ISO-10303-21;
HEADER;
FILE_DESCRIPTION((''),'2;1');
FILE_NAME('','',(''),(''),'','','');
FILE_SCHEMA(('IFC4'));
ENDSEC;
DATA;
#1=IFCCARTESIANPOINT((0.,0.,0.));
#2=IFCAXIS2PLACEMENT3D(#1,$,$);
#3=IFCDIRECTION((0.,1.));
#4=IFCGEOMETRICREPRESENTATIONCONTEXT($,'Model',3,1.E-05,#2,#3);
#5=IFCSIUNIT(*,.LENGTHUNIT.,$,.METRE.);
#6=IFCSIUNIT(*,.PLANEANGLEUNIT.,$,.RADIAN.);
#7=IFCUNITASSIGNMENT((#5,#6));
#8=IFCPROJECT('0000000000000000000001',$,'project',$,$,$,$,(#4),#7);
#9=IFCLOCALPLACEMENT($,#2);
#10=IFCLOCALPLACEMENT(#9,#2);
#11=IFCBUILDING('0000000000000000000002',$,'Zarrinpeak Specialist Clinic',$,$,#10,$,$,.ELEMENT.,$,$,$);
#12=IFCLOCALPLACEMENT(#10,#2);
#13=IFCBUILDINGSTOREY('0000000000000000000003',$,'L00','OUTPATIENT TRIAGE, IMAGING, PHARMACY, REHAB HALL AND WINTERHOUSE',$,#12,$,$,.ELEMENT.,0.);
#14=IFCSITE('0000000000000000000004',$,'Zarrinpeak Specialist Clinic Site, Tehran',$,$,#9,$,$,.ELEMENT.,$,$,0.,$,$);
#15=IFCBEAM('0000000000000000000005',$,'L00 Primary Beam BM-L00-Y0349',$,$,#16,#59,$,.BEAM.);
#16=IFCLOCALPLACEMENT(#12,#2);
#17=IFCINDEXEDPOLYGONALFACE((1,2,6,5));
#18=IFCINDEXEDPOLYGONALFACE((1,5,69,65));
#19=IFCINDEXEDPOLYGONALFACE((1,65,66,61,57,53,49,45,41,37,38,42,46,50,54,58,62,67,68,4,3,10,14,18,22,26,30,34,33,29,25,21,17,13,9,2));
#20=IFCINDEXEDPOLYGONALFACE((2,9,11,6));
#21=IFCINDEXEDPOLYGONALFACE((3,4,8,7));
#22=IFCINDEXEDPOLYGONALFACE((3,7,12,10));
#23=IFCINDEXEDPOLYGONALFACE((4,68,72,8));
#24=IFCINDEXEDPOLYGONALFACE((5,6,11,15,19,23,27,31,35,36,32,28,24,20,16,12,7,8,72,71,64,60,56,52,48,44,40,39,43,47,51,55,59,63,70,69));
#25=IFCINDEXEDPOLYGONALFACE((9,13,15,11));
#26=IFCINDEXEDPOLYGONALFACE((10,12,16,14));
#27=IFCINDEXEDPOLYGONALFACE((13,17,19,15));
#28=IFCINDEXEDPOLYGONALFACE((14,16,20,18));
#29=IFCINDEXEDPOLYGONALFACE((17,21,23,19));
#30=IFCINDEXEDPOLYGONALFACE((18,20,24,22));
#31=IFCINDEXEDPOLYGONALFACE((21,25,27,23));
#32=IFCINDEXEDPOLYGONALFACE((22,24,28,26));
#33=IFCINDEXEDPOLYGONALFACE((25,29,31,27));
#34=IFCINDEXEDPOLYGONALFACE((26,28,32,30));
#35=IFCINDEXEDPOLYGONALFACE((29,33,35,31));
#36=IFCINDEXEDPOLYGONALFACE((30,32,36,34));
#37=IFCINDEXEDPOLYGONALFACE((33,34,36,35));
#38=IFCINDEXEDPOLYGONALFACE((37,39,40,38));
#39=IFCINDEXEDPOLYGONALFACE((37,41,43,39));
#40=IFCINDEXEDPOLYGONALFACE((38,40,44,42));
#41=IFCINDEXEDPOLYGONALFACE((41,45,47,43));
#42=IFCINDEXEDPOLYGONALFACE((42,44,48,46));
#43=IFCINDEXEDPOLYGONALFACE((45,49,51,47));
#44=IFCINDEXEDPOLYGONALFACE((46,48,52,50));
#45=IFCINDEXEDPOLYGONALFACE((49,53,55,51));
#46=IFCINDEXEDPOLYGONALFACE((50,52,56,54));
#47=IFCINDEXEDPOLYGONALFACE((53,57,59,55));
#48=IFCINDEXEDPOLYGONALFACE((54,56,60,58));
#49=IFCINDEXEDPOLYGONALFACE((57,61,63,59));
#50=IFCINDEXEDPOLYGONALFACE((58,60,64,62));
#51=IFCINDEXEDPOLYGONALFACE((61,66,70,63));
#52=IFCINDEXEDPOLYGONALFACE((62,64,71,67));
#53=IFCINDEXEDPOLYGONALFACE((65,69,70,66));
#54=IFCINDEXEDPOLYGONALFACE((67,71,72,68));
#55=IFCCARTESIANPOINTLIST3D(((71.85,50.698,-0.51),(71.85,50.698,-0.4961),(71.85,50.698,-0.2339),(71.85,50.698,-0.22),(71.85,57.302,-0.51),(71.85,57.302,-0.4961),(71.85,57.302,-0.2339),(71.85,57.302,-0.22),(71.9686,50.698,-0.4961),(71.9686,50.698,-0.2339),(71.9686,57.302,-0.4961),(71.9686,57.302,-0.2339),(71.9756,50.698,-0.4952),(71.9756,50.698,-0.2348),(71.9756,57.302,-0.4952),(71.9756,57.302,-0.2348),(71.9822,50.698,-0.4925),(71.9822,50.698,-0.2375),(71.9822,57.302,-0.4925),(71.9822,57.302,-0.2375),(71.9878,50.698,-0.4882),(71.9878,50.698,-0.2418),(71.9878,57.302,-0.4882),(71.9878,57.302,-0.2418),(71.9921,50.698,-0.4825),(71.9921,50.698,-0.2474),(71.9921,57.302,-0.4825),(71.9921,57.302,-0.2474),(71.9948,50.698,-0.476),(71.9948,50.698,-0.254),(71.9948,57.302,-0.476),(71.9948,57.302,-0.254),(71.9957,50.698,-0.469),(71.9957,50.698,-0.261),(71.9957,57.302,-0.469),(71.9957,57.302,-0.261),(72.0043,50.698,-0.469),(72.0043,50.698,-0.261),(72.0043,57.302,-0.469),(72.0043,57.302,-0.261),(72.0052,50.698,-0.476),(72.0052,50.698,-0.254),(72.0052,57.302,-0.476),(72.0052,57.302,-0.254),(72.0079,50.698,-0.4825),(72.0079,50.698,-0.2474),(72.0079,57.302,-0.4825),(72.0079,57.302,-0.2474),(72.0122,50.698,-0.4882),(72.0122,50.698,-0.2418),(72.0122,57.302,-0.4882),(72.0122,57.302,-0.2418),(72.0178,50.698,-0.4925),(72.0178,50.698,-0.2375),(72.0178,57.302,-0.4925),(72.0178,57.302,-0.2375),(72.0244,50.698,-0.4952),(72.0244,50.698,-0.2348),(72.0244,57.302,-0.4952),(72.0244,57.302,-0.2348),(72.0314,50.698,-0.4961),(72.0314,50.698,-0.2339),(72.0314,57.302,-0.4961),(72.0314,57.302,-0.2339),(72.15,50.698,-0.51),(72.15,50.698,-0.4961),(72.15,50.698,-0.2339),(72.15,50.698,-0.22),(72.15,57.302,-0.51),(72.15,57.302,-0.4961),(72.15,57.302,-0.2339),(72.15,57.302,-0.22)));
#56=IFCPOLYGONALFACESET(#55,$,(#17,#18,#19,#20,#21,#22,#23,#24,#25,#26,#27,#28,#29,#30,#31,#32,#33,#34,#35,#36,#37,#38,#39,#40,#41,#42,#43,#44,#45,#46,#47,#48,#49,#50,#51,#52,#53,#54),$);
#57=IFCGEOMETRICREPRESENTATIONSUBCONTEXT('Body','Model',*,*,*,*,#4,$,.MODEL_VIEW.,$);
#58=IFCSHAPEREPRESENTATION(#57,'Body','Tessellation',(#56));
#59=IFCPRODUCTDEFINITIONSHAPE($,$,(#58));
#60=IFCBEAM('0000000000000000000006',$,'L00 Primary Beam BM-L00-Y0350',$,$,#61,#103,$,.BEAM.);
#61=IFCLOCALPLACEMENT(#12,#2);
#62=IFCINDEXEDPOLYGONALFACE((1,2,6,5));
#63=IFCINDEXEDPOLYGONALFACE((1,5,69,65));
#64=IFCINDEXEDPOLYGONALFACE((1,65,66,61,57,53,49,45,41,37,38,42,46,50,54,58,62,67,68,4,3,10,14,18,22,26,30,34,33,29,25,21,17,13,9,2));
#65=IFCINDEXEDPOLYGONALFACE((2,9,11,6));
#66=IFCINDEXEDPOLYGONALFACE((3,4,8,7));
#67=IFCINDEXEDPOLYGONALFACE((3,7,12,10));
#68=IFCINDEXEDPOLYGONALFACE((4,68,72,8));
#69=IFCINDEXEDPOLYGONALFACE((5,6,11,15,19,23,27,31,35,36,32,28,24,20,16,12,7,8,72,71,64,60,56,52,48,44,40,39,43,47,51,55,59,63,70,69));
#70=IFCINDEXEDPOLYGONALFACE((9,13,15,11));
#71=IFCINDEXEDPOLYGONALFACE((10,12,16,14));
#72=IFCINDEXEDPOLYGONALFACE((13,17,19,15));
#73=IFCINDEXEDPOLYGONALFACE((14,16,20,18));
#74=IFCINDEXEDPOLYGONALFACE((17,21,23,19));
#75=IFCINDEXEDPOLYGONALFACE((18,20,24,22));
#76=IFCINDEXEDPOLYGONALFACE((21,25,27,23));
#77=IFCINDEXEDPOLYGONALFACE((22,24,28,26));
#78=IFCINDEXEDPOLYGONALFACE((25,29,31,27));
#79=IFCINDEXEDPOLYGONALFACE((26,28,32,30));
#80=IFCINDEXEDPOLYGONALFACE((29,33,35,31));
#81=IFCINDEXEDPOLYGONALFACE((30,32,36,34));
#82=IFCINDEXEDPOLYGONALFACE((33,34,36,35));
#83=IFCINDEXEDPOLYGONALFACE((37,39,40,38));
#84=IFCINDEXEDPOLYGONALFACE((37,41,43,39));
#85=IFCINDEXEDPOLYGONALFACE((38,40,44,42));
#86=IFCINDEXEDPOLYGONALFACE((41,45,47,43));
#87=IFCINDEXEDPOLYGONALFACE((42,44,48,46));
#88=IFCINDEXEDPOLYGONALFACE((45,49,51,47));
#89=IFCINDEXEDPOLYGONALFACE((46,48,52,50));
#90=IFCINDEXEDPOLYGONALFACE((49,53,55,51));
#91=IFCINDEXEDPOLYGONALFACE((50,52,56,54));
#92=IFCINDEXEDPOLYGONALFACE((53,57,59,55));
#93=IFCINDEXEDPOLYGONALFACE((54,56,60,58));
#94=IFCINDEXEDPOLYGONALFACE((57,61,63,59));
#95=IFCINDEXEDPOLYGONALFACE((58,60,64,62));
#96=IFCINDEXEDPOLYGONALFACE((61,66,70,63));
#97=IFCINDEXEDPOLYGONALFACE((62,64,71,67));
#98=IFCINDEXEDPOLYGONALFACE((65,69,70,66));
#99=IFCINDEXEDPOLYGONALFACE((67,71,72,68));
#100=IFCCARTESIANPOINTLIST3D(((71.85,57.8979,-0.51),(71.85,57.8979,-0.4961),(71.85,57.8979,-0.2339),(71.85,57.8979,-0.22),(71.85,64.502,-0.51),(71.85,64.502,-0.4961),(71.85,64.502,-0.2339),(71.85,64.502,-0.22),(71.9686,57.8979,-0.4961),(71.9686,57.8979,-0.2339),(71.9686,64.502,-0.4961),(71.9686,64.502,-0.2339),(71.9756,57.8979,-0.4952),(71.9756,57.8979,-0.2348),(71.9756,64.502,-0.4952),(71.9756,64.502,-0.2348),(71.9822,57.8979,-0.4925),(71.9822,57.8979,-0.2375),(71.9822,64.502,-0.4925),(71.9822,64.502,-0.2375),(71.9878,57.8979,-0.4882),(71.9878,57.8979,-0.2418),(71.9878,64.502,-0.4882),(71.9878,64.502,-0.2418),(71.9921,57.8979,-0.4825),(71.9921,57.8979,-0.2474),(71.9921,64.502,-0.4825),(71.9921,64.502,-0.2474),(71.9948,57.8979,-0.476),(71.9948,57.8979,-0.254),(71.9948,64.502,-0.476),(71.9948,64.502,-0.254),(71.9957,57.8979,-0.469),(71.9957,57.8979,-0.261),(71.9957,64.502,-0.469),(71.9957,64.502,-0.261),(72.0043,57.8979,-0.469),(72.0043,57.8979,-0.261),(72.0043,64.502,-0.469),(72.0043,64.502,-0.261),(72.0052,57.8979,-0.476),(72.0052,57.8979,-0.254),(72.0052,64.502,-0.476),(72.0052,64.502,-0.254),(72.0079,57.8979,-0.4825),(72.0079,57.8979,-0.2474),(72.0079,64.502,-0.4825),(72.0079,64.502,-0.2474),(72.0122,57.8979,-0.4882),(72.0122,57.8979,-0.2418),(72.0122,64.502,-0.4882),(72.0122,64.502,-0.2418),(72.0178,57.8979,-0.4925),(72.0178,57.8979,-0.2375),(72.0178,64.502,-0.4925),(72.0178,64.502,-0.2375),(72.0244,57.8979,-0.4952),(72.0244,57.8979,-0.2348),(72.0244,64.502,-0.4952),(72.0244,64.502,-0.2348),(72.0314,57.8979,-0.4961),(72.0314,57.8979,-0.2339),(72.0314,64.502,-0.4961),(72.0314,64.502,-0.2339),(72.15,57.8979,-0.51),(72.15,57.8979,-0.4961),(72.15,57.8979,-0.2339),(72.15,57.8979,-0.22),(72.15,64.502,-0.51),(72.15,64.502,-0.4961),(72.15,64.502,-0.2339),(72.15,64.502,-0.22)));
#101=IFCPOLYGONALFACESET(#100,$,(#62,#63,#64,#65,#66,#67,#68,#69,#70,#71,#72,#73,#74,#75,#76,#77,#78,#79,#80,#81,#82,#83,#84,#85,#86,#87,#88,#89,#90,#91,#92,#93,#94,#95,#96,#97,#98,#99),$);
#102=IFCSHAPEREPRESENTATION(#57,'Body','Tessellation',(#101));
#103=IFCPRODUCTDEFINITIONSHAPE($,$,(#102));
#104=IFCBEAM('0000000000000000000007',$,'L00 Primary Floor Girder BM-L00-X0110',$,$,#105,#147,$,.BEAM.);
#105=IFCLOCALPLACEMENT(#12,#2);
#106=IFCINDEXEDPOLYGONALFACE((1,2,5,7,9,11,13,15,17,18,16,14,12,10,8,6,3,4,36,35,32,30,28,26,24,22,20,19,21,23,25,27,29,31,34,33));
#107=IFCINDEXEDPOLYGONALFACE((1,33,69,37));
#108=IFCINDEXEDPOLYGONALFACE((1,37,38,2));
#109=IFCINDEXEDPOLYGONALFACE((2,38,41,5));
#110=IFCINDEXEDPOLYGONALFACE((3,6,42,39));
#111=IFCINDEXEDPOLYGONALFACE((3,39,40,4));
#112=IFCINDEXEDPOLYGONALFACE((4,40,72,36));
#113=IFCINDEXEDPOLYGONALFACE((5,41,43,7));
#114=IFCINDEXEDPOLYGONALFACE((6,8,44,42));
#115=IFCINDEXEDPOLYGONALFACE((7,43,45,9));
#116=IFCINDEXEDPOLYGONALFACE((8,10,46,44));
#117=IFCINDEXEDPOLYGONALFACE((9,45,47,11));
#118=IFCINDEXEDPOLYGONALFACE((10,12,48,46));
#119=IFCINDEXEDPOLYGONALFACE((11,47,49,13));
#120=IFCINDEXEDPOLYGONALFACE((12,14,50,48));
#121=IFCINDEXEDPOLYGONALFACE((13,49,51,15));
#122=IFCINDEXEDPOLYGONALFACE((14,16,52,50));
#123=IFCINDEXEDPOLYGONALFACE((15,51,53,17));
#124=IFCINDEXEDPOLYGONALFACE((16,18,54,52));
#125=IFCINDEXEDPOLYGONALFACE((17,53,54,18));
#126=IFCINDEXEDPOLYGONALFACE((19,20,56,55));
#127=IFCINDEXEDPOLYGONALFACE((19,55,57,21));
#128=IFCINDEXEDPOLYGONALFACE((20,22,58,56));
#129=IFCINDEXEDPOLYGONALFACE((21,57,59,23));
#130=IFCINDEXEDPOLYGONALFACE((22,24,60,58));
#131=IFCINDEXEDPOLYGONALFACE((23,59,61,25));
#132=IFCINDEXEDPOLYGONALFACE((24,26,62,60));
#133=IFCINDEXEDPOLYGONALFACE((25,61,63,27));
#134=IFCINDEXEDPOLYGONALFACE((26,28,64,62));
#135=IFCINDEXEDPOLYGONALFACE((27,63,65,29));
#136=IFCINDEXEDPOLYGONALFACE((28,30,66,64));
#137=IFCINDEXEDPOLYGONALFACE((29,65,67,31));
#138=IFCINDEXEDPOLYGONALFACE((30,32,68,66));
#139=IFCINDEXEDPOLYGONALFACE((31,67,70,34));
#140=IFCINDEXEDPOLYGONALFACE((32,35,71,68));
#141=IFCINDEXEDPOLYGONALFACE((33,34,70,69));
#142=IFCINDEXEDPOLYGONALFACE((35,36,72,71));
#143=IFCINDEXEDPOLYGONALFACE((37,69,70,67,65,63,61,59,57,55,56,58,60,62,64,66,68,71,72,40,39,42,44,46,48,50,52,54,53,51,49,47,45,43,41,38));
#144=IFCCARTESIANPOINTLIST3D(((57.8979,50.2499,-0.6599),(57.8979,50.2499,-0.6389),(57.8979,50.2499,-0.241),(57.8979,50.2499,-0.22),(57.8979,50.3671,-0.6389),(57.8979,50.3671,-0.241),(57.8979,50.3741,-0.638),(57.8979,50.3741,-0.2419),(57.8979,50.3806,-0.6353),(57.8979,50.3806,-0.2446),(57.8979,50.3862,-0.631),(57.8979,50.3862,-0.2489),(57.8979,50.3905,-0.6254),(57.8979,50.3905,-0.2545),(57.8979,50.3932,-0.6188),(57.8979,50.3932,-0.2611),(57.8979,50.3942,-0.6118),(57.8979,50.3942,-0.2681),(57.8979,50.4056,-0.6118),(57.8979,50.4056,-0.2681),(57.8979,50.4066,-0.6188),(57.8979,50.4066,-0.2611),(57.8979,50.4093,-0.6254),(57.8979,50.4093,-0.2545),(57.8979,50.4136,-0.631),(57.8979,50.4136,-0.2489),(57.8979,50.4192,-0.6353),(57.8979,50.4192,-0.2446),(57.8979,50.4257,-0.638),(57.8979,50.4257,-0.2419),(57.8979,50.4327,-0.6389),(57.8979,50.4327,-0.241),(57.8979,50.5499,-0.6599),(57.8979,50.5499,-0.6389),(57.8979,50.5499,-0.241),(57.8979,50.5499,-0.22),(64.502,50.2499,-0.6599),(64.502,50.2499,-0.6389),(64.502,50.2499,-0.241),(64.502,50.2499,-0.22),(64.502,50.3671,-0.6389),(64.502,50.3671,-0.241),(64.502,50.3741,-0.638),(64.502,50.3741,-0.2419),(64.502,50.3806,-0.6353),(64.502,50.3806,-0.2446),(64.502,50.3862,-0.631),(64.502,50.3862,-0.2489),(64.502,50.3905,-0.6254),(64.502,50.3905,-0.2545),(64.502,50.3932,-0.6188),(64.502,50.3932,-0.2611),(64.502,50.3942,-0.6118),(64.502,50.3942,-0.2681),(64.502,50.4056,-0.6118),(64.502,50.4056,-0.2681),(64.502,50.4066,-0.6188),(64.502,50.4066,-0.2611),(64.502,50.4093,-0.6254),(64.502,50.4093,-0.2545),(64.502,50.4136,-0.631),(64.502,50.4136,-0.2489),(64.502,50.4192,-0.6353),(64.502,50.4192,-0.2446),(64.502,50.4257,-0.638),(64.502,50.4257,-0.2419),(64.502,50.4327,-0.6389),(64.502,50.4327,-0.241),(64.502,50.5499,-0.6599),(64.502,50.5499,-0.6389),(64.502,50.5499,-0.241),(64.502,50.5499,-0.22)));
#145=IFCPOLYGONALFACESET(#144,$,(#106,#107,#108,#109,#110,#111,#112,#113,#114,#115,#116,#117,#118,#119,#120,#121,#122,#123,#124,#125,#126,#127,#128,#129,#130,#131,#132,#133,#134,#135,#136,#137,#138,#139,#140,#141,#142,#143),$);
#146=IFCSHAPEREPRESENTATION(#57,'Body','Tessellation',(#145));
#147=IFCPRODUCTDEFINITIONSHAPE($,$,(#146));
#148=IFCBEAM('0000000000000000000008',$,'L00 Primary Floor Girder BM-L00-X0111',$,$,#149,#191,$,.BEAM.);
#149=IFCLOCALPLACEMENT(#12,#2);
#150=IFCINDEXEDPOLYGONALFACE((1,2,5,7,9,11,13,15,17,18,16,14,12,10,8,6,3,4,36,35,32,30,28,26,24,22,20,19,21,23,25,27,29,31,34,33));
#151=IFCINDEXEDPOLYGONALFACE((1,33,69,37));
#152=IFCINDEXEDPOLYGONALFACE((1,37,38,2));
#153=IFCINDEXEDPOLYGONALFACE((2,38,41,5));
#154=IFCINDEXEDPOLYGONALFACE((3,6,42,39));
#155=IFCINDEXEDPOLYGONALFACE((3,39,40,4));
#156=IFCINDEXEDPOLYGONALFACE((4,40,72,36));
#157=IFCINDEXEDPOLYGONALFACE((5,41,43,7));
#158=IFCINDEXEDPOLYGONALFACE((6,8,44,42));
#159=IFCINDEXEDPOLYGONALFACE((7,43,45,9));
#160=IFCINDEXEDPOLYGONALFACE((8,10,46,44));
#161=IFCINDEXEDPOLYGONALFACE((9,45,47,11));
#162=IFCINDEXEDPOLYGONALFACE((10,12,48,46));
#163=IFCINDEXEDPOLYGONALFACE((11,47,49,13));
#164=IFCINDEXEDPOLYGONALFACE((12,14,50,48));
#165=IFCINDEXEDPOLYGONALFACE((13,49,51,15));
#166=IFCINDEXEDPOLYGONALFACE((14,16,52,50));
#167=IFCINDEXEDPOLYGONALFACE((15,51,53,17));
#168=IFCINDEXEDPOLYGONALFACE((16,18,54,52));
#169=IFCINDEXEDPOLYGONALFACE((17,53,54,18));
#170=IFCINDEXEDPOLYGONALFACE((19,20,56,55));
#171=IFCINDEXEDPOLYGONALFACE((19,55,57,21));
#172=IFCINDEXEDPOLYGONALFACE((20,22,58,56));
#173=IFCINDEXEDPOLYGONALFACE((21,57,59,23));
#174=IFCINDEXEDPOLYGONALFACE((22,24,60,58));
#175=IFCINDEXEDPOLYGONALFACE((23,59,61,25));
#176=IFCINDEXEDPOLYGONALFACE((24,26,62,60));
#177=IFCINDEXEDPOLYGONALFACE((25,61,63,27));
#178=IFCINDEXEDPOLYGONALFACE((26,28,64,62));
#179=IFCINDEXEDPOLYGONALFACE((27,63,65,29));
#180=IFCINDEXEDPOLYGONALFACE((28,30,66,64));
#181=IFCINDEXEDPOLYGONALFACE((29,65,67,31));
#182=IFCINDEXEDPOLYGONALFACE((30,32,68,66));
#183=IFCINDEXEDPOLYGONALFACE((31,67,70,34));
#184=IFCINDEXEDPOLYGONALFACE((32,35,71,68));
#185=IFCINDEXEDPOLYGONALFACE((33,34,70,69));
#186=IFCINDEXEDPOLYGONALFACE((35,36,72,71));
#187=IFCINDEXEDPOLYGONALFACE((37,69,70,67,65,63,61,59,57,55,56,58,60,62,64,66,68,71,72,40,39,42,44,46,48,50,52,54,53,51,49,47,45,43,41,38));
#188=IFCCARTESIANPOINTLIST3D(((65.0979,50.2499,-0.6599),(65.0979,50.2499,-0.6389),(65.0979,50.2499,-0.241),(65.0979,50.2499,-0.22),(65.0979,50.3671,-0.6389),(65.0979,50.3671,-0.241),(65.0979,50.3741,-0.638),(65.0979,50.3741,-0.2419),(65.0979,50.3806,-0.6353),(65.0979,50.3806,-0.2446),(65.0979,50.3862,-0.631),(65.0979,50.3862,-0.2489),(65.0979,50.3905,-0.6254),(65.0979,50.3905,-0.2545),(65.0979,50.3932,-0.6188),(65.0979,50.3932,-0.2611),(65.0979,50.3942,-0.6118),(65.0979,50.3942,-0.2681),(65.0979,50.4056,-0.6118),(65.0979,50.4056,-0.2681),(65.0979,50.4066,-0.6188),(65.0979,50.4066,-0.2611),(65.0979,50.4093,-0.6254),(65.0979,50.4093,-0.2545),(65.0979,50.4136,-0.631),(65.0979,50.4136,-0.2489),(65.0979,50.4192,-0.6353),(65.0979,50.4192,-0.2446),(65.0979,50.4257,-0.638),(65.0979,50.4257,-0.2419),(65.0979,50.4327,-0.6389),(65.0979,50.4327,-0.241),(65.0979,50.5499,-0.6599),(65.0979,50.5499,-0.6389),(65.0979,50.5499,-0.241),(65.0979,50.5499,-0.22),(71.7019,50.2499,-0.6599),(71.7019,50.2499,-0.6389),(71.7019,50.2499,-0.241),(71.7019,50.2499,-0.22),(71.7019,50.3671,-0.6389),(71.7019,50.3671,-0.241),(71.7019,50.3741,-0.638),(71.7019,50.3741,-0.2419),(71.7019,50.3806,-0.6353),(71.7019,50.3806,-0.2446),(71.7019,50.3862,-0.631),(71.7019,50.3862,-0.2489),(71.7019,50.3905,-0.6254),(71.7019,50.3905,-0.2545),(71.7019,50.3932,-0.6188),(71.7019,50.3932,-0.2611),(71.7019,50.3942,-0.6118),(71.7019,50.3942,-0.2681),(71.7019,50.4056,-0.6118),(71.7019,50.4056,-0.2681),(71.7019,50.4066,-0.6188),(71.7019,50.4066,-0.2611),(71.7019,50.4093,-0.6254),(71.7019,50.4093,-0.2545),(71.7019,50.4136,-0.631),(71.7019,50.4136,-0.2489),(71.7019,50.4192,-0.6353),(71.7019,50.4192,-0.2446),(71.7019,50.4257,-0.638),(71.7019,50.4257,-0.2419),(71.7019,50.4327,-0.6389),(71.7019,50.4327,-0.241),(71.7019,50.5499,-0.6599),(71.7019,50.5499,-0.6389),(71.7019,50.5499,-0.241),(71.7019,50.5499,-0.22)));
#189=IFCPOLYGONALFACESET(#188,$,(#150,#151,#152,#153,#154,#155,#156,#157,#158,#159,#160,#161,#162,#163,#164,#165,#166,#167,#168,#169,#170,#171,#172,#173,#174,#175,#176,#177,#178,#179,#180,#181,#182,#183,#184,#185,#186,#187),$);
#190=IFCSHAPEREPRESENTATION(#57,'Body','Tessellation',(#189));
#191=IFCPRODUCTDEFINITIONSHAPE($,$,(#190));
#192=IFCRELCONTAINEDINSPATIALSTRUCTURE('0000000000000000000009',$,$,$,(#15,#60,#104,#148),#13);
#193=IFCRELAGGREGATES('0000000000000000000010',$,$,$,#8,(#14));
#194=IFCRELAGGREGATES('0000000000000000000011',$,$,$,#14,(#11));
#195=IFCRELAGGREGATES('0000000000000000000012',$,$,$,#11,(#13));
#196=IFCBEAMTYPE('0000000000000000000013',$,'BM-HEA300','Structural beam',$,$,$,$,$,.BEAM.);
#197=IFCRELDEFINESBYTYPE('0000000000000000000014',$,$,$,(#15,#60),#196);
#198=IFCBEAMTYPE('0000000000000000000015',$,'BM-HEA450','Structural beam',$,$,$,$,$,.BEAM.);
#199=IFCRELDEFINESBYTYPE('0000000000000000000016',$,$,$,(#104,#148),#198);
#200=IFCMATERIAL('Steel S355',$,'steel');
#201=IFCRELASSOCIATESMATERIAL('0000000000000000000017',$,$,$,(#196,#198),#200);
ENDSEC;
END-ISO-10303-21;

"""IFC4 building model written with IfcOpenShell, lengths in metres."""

from ifc_helpers import new_model, si_unit, direction, frame, origin, origin_2d, place, context, subcontext, project, spatial, i_section, extrude, material, material_profile, profile_set, type_object, element, save


model = new_model("IFC4")

# Units and contexts
model_context = context("Model", 3, precision=1e-05, world=origin(), true_north=direction((0.0, 1.0)))
body_context = subcontext(model_context, "Body", "Model", "MODEL_VIEW")
ifc_project = project(units=[si_unit("LENGTHUNIT", "METRE"), si_unit("PLANEANGLEUNIT", "RADIAN")], contexts=[model_context])

# Site, building, storey
site_placement = place(None, origin())
site = spatial("IfcSite", under=ifc_project, at=site_placement, Name="Zarrinpeak Specialist Clinic Site, Tehran", CompositionType="ELEMENT", RefElevation=0.0)
building_placement = place(site_placement, origin())
building = spatial("IfcBuilding", under=site, at=building_placement, Name="Zarrinpeak Specialist Clinic", CompositionType="ELEMENT")
storey_placement = place(building_placement, origin())
storey = spatial("IfcBuildingStorey", under=building, at=storey_placement, Name="L00", Description="OUTPATIENT TRIAGE, IMAGING, PHARMACY, REHAB HALL AND WINTERHOUSE", CompositionType="ELEMENT", Elevation=0.0)

# Beams
ifc_material = material(Name="Steel S355", Category="steel")
ifc_material_profile_1 = material_profile(ifc_material, i_section(OverallWidth=0.3, OverallDepth=0.29, WebThickness=0.0085, FlangeThickness=0.0139, FilletRadius=0.0271, at=origin_2d()), Name="HEA 300")
ifc_profile_set_1 = profile_set([ifc_material_profile_1], Name="Steel S355")
beam_type_1 = type_object("IfcBeamType", Name="BM-HEA300", Description="Structural beam", PredefinedType="BEAM", material=ifc_profile_set_1)
for number, where, z_axis, x_axis, name in (
    (1, (72.0, 50.698, -0.365), (0.0, 1.0, 0.0), (-1.0, 0.0, 0.0), "L00 Primary Beam BM-L00-Y0349"),
    (2, (72.0, 57.8979, -0.365), (0.0, 1.0, 0.0), (-1.0, 0.0, 0.0), "L00 Primary Beam BM-L00-Y0350"),
):
    element("IfcBeam", number, at=place(storey_placement, frame(where, z_axis=z_axis, x_axis=x_axis)), inside=storey, type_object=beam_type_1, Name=name, PredefinedType="BEAM", context=body_context, shape_type="SweptSolid", body=[
        extrude(i_section(OverallWidth=0.3, OverallDepth=0.29, WebThickness=0.0085, FlangeThickness=0.0139, FilletRadius=0.0271, at=origin_2d()), origin(), (0.0, 0.0, 1.0), 6.604),
    ])
ifc_material_profile_2 = material_profile(ifc_material, i_section(OverallWidth=0.3, OverallDepth=0.4399, WebThickness=0.0115, FlangeThickness=0.021, FilletRadius=0.0271, at=origin_2d()), Name="HEA 450")
ifc_profile_set_2 = profile_set([ifc_material_profile_2], Name="Steel S355")
beam_type_2 = type_object("IfcBeamType", Name="BM-HEA450", Description="Structural beam", PredefinedType="BEAM", material=ifc_profile_set_2)
for number, where, z_axis, x_axis, name in (
    (3, (57.8979, 50.3999, -0.4399), (1.0, 0.0, 0.0), (0.0, 1.0, 0.0), "L00 Primary Floor Girder BM-L00-X0110"),
    (4, (65.0979, 50.3999, -0.4399), (1.0, 0.0, 0.0), (0.0, 1.0, 0.0), "L00 Primary Floor Girder BM-L00-X0111"),
):
    element("IfcBeam", number, at=place(storey_placement, frame(where, z_axis=z_axis, x_axis=x_axis)), inside=storey, type_object=beam_type_2, Name=name, PredefinedType="BEAM", context=body_context, shape_type="SweptSolid", body=[
        extrude(i_section(OverallWidth=0.3, OverallDepth=0.4399, WebThickness=0.0115, FlangeThickness=0.021, FilletRadius=0.0271, at=origin_2d()), origin(), (0.0, 0.0, 1.0), 6.604),
    ])

save(model, "model.ifc")
